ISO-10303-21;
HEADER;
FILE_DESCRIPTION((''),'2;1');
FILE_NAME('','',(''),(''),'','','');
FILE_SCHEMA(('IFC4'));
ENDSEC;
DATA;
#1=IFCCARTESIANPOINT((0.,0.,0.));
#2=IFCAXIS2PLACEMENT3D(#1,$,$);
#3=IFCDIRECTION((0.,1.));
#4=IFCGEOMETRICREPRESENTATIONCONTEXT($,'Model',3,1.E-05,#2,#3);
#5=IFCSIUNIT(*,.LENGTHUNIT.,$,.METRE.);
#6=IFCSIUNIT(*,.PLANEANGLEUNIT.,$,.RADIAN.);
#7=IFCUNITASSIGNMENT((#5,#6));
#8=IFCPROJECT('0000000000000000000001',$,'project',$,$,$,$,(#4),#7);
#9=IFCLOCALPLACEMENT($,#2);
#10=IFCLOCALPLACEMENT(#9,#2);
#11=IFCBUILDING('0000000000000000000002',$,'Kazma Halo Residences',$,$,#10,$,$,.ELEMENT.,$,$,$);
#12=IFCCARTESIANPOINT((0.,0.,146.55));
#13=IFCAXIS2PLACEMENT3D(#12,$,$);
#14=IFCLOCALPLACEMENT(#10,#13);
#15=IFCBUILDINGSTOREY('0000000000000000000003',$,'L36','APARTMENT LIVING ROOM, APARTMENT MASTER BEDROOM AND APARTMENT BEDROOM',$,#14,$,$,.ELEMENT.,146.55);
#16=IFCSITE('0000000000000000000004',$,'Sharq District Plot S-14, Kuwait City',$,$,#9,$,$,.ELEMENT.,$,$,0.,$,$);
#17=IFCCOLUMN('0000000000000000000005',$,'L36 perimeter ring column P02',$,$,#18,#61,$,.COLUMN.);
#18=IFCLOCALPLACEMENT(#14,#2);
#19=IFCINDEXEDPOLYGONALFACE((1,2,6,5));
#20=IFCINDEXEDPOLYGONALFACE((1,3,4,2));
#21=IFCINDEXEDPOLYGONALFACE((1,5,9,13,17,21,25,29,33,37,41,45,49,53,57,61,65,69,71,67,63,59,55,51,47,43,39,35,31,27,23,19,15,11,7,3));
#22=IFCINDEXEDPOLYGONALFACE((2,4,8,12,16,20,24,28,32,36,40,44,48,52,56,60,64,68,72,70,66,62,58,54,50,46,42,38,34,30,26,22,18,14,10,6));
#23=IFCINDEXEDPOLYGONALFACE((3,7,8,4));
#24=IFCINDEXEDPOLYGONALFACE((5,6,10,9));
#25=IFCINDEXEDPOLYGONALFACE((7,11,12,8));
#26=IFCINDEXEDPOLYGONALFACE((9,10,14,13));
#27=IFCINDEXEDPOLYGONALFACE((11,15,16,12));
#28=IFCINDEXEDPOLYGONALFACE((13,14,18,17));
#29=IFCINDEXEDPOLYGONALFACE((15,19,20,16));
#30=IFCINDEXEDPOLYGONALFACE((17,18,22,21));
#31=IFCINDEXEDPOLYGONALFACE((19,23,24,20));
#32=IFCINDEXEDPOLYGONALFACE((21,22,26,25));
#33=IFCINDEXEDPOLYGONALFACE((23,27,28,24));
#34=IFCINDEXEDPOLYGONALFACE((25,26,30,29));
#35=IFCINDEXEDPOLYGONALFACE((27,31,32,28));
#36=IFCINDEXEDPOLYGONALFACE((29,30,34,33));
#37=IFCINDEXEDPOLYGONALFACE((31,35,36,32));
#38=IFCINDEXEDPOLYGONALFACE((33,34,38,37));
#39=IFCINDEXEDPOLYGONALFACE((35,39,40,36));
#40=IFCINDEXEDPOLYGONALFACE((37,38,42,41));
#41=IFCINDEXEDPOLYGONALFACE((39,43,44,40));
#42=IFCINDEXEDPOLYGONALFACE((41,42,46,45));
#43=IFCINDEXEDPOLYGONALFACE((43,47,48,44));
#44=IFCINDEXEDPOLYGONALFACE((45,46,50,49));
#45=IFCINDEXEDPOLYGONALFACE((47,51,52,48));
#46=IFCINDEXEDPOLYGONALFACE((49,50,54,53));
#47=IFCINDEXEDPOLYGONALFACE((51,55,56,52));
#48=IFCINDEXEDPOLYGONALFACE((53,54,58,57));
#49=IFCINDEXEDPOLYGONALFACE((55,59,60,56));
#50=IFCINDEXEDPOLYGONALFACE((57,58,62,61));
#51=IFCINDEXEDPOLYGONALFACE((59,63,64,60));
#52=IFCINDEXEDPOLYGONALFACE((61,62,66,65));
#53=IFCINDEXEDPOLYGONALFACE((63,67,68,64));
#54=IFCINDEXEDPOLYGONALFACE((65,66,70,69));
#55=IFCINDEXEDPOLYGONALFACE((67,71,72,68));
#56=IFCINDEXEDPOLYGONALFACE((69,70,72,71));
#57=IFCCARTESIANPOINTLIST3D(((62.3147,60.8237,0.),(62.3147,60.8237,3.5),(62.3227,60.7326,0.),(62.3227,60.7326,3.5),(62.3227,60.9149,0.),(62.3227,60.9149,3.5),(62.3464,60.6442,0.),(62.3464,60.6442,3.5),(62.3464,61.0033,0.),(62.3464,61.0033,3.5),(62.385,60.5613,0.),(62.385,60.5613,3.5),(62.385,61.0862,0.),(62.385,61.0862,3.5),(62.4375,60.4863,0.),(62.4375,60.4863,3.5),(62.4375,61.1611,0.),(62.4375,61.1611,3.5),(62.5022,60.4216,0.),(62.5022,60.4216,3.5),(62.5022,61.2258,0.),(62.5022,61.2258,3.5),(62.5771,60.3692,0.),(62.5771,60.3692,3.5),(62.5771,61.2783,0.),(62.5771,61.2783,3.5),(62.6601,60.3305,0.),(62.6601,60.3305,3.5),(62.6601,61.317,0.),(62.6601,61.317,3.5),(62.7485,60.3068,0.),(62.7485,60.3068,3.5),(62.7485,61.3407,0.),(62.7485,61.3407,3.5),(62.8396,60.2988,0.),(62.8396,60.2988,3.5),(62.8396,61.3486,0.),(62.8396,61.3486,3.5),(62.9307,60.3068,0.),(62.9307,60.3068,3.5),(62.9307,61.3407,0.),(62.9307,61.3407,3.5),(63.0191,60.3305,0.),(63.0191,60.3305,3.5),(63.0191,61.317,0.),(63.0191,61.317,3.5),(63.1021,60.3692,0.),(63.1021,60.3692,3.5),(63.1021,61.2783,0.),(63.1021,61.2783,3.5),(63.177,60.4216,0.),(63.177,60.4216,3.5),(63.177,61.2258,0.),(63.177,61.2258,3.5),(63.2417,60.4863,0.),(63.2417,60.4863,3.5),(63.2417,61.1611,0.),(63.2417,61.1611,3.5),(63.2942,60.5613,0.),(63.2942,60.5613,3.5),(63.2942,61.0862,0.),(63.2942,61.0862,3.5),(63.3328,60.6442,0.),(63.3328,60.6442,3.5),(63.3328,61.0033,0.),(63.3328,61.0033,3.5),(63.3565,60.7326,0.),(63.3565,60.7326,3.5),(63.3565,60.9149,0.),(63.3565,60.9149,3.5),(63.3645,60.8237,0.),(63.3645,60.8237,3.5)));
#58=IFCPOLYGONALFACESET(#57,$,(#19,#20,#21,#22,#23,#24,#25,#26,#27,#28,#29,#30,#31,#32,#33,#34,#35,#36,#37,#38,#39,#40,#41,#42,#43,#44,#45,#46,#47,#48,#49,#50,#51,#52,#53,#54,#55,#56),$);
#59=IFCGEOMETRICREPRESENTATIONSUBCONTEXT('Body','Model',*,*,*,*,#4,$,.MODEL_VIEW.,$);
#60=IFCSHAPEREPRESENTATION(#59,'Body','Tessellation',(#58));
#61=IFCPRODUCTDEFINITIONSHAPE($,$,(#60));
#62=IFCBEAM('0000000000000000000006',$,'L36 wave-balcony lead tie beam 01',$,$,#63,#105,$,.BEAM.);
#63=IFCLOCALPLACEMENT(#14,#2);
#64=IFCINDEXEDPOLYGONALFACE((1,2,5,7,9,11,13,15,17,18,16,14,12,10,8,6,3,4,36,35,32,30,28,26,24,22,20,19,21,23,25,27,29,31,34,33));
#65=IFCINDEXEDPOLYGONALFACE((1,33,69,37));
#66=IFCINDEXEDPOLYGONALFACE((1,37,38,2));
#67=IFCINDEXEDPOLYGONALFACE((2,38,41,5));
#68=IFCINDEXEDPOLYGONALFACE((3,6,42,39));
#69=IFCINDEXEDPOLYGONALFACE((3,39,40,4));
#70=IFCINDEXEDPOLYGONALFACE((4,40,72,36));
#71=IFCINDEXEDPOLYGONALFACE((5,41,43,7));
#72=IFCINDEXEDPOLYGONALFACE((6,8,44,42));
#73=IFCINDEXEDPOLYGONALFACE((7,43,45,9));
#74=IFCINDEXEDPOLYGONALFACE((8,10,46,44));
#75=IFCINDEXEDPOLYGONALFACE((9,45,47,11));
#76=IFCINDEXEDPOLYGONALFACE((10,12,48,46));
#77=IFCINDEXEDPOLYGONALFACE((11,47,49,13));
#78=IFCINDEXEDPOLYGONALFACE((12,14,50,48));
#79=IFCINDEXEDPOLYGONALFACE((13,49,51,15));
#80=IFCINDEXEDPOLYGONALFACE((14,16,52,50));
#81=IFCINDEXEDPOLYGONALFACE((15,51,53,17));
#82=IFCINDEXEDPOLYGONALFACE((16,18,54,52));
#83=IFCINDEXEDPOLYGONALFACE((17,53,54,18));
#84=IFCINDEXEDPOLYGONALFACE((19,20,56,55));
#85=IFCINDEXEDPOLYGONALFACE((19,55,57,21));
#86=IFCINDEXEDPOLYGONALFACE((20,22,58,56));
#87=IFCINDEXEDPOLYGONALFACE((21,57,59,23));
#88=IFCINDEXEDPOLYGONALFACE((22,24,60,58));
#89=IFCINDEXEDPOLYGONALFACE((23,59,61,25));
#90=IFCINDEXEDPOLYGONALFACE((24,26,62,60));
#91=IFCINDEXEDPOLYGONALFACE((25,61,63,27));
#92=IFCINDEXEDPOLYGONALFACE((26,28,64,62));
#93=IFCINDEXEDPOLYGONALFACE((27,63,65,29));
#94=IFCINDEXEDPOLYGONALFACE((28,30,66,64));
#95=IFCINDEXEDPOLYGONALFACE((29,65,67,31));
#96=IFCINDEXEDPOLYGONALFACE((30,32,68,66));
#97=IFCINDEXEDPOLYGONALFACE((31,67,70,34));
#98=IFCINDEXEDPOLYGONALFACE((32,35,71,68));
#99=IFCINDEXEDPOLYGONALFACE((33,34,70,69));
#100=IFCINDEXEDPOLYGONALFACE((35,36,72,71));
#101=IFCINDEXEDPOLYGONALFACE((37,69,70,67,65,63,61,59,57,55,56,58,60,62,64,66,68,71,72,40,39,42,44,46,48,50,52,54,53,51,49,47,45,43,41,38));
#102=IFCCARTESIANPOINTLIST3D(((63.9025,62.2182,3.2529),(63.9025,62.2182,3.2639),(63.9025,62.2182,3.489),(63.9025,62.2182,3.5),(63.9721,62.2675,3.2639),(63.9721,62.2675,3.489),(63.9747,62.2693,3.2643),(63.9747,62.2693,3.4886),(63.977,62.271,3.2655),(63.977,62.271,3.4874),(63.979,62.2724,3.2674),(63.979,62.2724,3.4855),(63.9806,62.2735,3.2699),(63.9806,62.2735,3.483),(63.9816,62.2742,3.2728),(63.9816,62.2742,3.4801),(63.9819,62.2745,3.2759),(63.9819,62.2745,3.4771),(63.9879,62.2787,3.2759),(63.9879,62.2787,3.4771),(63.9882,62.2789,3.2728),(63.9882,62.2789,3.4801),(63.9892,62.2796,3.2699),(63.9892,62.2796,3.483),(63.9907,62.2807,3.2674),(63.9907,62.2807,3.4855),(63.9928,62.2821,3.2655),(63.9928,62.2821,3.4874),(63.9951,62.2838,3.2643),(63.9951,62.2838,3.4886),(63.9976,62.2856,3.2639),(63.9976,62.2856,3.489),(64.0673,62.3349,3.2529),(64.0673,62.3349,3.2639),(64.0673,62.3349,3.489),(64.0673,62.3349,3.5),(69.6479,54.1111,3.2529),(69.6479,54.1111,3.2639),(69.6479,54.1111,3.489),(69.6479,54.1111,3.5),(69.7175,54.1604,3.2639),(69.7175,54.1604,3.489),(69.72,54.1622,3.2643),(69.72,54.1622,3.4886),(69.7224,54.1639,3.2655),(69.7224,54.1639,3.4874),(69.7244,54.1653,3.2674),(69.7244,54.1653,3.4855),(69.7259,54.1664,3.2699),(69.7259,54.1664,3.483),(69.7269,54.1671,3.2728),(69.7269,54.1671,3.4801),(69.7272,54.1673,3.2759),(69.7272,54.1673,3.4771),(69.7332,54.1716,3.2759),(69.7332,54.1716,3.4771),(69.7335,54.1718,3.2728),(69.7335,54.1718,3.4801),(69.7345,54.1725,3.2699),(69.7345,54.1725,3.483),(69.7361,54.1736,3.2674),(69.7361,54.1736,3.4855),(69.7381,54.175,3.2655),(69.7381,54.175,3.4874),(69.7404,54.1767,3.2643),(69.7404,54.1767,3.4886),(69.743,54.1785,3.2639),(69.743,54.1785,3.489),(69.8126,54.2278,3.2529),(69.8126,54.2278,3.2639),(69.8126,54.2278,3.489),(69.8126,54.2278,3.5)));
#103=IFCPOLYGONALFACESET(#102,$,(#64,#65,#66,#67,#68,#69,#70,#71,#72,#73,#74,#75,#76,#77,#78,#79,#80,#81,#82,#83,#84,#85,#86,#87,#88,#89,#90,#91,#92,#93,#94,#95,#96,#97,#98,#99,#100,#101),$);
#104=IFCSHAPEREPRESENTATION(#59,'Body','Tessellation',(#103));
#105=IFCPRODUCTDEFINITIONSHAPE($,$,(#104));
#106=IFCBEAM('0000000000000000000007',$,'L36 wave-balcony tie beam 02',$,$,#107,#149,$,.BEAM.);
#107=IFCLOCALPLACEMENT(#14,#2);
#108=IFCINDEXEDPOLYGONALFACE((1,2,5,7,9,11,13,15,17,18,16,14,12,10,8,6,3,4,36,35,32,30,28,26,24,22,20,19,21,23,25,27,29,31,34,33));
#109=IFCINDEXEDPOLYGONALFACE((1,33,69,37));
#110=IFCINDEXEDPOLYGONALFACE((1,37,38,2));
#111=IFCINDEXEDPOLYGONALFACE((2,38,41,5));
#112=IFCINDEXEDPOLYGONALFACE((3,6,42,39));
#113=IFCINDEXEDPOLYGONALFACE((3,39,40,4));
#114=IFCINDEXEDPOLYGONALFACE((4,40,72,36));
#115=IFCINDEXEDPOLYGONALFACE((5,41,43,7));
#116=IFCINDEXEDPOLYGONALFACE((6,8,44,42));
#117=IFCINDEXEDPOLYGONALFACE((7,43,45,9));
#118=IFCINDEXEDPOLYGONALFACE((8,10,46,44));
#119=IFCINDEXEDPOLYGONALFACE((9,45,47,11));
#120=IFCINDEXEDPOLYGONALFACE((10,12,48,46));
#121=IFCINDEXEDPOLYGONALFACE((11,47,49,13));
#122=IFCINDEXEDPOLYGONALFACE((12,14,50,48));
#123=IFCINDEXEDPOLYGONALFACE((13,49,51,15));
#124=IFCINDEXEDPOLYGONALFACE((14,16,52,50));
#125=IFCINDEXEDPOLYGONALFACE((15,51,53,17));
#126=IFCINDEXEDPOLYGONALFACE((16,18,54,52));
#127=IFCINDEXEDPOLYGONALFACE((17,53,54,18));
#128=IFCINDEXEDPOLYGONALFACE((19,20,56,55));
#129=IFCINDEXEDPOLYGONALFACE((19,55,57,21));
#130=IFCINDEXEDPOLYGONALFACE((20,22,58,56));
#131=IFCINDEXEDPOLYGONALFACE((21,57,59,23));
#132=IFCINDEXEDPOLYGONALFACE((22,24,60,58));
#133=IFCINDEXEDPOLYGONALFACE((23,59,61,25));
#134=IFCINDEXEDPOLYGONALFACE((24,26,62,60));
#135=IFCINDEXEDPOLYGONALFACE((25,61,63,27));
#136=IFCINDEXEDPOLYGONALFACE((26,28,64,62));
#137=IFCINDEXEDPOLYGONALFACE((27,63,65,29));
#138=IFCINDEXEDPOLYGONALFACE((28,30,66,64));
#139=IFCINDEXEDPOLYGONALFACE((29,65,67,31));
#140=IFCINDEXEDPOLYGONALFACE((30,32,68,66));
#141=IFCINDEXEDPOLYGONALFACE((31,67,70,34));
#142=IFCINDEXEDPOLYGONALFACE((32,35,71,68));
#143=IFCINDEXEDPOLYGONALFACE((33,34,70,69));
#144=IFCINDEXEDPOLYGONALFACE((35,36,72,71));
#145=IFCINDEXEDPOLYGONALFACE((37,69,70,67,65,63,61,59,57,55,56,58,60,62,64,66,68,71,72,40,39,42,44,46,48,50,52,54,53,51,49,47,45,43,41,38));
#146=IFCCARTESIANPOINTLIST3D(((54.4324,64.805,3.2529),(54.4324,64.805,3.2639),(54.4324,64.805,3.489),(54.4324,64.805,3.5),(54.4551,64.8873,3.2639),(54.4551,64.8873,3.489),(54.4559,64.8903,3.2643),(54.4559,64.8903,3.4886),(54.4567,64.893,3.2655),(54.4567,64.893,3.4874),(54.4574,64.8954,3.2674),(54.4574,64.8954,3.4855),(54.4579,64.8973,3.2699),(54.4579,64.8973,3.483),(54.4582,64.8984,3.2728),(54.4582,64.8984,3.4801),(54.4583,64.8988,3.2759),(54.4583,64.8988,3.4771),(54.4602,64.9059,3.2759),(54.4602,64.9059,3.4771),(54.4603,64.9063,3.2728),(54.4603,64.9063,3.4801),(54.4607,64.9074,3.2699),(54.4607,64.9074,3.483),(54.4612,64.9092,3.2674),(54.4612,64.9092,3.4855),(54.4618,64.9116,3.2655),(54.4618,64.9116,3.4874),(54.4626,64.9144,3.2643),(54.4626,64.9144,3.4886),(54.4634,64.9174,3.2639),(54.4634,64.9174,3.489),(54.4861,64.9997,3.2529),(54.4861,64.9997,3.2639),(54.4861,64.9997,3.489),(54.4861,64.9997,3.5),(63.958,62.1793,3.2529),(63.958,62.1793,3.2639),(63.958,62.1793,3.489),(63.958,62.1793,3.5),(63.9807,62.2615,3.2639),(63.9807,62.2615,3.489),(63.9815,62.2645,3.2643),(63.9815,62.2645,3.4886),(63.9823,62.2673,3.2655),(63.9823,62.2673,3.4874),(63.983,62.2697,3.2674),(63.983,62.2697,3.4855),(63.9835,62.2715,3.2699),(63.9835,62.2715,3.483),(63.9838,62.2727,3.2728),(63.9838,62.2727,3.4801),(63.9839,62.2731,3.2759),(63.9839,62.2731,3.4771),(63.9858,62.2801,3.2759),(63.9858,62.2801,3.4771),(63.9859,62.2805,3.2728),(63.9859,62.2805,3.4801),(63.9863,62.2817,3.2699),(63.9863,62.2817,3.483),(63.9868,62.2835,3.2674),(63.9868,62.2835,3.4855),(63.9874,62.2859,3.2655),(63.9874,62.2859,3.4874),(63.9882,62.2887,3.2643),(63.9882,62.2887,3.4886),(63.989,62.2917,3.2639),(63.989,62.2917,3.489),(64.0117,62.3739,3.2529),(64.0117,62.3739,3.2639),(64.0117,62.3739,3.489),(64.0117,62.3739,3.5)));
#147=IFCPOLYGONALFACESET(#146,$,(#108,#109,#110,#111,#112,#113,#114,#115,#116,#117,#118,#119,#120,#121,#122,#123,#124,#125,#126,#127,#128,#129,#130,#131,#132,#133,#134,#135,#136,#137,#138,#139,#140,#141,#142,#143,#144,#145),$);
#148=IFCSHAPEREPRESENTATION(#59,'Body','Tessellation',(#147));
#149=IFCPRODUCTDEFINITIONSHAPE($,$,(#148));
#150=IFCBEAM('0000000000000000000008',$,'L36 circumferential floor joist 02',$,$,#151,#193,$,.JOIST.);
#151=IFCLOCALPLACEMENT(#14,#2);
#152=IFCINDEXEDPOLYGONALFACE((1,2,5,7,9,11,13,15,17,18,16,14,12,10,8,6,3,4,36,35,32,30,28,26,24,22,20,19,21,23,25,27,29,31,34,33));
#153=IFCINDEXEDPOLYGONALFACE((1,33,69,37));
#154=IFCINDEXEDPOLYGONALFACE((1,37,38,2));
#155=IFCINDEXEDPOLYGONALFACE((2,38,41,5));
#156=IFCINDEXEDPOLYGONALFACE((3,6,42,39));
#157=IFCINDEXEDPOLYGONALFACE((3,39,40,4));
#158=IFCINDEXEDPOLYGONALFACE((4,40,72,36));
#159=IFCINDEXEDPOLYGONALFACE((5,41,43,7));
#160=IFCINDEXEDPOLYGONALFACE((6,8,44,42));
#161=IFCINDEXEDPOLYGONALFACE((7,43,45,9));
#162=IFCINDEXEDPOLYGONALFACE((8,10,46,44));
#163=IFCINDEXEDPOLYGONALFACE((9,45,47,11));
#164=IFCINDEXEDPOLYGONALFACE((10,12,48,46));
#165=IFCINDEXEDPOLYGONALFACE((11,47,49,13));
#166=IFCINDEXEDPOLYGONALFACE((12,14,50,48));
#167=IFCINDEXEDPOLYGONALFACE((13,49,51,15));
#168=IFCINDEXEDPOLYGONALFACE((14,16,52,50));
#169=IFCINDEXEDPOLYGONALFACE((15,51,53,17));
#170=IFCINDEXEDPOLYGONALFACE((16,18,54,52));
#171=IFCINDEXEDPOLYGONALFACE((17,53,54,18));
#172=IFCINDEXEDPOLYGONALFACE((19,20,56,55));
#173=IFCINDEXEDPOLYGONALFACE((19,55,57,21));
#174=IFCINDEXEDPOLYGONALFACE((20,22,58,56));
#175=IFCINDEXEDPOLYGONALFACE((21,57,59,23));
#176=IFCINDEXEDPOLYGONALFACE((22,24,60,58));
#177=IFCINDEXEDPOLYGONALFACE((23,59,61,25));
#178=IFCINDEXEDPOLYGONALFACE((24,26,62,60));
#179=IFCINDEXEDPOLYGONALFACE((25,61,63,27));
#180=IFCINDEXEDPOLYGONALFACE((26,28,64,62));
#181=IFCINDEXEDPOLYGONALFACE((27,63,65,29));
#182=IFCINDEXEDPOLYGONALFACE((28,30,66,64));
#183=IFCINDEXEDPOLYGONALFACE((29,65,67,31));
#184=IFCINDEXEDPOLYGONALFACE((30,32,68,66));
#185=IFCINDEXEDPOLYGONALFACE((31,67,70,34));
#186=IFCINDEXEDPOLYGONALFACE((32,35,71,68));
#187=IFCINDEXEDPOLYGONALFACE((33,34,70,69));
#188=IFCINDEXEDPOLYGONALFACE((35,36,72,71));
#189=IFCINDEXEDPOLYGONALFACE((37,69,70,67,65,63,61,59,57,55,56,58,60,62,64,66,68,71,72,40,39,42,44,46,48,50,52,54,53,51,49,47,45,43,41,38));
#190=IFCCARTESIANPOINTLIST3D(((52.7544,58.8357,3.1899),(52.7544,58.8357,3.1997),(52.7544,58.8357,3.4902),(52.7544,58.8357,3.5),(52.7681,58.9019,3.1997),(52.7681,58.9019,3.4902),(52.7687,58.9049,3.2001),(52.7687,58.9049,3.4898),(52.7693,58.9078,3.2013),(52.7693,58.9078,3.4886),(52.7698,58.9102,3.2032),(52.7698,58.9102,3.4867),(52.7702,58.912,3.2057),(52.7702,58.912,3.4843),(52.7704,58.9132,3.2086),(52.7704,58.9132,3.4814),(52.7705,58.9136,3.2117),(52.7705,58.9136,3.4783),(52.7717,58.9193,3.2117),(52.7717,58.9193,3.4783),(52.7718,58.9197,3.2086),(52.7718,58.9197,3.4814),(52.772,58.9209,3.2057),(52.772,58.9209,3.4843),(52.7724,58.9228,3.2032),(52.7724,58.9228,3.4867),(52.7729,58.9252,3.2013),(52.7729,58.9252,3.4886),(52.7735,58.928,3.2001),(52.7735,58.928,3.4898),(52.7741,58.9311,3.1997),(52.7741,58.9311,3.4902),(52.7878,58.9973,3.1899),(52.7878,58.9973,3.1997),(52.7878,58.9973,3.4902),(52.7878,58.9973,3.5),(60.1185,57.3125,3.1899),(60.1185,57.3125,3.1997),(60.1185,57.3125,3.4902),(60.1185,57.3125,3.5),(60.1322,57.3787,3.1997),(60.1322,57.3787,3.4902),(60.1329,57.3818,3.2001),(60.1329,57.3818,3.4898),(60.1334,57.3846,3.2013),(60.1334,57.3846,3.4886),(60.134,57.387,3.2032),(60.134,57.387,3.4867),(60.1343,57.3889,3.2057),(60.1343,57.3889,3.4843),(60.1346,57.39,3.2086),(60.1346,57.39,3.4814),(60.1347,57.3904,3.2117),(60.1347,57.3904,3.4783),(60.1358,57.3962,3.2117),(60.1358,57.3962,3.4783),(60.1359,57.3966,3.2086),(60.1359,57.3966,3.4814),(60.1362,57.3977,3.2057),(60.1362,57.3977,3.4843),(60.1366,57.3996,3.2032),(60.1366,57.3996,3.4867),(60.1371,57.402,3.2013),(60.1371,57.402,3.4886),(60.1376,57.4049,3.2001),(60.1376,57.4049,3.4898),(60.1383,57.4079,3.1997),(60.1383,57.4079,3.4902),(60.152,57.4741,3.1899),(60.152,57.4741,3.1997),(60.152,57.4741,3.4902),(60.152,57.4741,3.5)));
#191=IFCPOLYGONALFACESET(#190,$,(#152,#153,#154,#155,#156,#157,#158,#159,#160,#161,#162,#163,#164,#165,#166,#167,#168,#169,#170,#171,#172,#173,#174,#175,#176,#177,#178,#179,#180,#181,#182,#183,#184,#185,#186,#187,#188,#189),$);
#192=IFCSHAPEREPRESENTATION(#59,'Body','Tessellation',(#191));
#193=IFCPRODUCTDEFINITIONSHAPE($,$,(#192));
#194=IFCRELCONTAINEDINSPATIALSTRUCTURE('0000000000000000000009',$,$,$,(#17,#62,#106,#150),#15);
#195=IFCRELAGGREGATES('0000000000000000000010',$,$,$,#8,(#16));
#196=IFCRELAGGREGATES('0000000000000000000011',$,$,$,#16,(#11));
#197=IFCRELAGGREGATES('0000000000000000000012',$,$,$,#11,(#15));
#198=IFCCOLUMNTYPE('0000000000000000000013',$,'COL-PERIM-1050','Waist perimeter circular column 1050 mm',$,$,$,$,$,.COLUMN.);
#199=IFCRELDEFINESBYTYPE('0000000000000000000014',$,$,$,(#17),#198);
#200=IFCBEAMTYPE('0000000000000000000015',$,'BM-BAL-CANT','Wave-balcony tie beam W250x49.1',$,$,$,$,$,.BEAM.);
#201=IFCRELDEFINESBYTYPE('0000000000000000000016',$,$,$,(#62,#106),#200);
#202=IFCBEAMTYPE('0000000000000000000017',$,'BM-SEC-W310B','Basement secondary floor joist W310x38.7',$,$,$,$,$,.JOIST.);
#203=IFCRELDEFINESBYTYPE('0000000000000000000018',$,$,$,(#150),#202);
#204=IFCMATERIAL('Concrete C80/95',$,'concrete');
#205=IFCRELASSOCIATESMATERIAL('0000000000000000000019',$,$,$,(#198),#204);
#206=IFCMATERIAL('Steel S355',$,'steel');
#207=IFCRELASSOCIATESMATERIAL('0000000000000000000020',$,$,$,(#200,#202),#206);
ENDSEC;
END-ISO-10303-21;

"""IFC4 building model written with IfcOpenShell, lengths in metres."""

from ifc_helpers import new_model, si_unit, direction, frame, origin, origin_2d, place, context, subcontext, project, spatial, circle, i_section, extrude, material, material_profile, profile_set, type_object, element, save


model = new_model("IFC4")

# Units and contexts
model_context = context("Model", 3, precision=1e-05, world=origin(), true_north=direction((0.0, 1.0)))
body_context = subcontext(model_context, "Body", "Model", "MODEL_VIEW")
ifc_project = project(units=[si_unit("LENGTHUNIT", "METRE"), si_unit("PLANEANGLEUNIT", "RADIAN")], contexts=[model_context])

# Site, building, storey
site_placement = place(None, origin())
site = spatial("IfcSite", under=ifc_project, at=site_placement, Name="Sharq District Plot S-14, Kuwait City", CompositionType="ELEMENT", RefElevation=0.0)
building_placement = place(site_placement, origin())
building = spatial("IfcBuilding", under=site, at=building_placement, Name="Kazma Halo Residences", CompositionType="ELEMENT")
storey_placement = place(building_placement, frame((0.0, 0.0, 146.55)))
storey = spatial("IfcBuildingStorey", under=building, at=storey_placement, Name="L36", Description="APARTMENT LIVING ROOM, APARTMENT MASTER BEDROOM AND APARTMENT BEDROOM", CompositionType="ELEMENT", Elevation=146.55)

# Column
ifc_material_1 = material(Name="Concrete C80/95", Category="concrete")
ifc_material_profile_1 = material_profile(ifc_material_1, circle(Radius=0.5249, at=origin_2d()), Name="CIRC1050")
ifc_profile_set_1 = profile_set([ifc_material_profile_1], Name="Concrete C80/95")
column_type = type_object("IfcColumnType", Name="COL-PERIM-1050", Description="Waist perimeter circular column 1050 mm", PredefinedType="COLUMN", material=ifc_profile_set_1)
column_placement = place(storey_placement, frame((62.8396, 60.8237, 0.0), z_axis=(0.0, 0.0, 1.0), x_axis=(1.0, 0.0, 0.0)))
element("IfcColumn", 1, at=column_placement, inside=storey, type_object=column_type, Name="L36 perimeter ring column P02", PredefinedType="COLUMN", context=body_context, shape_type="SweptSolid", body=[
    extrude(circle(Radius=0.5249, at=origin_2d()), origin(), (0.0, 0.0, 1.0), 3.5),
])

# Beams
ifc_material_2 = material(Name="Steel S355", Category="steel")
ifc_material_profile_2 = material_profile(ifc_material_2, i_section(OverallWidth=0.2019, OverallDepth=0.2471, WebThickness=0.0073, FlangeThickness=0.011, FilletRadius=0.012, at=origin_2d()), Name="W250x49.1")
ifc_profile_set_2 = profile_set([ifc_material_profile_2], Name="Steel S355")
beam_type_1 = type_object("IfcBeamType", Name="BM-BAL-CANT", Description="Wave-balcony tie beam W250x49.1", PredefinedType="BEAM", material=ifc_profile_set_2)
beam_1_placement = place(storey_placement, frame((69.7302, 54.1694, 3.3765), z_axis=(-0.578203, 0.815893, 0.0), x_axis=(-0.815893, -0.578203, 0.0)))
element("IfcBeam", 2, at=beam_1_placement, inside=storey, type_object=beam_type_1, Name="L36 wave-balcony lead tie beam 01", PredefinedType="BEAM", context=body_context, shape_type="SweptSolid", body=[
    extrude(i_section(OverallWidth=0.2019, OverallDepth=0.2471, WebThickness=0.0073, FlangeThickness=0.011, FilletRadius=0.012, at=origin_2d()), origin(), (0.0, 0.0, 1.0), 9.9365),
])
beam_2_placement = place(storey_placement, frame((63.9849, 62.2766, 3.3765), z_axis=(-0.964045, 0.265738, 0.0), x_axis=(-0.265738, -0.964045, 0.0)))
element("IfcBeam", 3, at=beam_2_placement, inside=storey, type_object=beam_type_1, Name="L36 wave-balcony tie beam 02", PredefinedType="BEAM", context=body_context, shape_type="SweptSolid", body=[
    extrude(i_section(OverallWidth=0.2019, OverallDepth=0.2471, WebThickness=0.0073, FlangeThickness=0.011, FilletRadius=0.012, at=origin_2d()), origin(), (0.0, 0.0, 1.0), 9.8809),
])
ifc_material_profile_3 = material_profile(ifc_material_2, i_section(OverallWidth=0.165, OverallDepth=0.3101, WebThickness=0.0059, FlangeThickness=0.0098, FilletRadius=0.012, at=origin_2d()), Name="W310x38.7")
ifc_profile_set_3 = profile_set([ifc_material_profile_3], Name="Steel S355")
beam_type_2 = type_object("IfcBeamType", Name="BM-SEC-W310B", Description="Basement secondary floor joist W310x38.7", PredefinedType="JOIST", material=ifc_profile_set_3)
beam_3_placement = place(storey_placement, frame((60.1353, 57.3933, 3.345), z_axis=(-0.979272, 0.202549, 0.0), x_axis=(-0.202549, -0.979272, 0.0)))
element("IfcBeam", 4, at=beam_3_placement, inside=storey, type_object=beam_type_2, Name="L36 circumferential floor joist 02", PredefinedType="JOIST", context=body_context, shape_type="SweptSolid", body=[
    extrude(i_section(OverallWidth=0.165, OverallDepth=0.3101, WebThickness=0.0059, FlangeThickness=0.0098, FilletRadius=0.012, at=origin_2d()), origin(), (0.0, 0.0, 1.0), 7.52),
])

save(model, "model.ifc")
